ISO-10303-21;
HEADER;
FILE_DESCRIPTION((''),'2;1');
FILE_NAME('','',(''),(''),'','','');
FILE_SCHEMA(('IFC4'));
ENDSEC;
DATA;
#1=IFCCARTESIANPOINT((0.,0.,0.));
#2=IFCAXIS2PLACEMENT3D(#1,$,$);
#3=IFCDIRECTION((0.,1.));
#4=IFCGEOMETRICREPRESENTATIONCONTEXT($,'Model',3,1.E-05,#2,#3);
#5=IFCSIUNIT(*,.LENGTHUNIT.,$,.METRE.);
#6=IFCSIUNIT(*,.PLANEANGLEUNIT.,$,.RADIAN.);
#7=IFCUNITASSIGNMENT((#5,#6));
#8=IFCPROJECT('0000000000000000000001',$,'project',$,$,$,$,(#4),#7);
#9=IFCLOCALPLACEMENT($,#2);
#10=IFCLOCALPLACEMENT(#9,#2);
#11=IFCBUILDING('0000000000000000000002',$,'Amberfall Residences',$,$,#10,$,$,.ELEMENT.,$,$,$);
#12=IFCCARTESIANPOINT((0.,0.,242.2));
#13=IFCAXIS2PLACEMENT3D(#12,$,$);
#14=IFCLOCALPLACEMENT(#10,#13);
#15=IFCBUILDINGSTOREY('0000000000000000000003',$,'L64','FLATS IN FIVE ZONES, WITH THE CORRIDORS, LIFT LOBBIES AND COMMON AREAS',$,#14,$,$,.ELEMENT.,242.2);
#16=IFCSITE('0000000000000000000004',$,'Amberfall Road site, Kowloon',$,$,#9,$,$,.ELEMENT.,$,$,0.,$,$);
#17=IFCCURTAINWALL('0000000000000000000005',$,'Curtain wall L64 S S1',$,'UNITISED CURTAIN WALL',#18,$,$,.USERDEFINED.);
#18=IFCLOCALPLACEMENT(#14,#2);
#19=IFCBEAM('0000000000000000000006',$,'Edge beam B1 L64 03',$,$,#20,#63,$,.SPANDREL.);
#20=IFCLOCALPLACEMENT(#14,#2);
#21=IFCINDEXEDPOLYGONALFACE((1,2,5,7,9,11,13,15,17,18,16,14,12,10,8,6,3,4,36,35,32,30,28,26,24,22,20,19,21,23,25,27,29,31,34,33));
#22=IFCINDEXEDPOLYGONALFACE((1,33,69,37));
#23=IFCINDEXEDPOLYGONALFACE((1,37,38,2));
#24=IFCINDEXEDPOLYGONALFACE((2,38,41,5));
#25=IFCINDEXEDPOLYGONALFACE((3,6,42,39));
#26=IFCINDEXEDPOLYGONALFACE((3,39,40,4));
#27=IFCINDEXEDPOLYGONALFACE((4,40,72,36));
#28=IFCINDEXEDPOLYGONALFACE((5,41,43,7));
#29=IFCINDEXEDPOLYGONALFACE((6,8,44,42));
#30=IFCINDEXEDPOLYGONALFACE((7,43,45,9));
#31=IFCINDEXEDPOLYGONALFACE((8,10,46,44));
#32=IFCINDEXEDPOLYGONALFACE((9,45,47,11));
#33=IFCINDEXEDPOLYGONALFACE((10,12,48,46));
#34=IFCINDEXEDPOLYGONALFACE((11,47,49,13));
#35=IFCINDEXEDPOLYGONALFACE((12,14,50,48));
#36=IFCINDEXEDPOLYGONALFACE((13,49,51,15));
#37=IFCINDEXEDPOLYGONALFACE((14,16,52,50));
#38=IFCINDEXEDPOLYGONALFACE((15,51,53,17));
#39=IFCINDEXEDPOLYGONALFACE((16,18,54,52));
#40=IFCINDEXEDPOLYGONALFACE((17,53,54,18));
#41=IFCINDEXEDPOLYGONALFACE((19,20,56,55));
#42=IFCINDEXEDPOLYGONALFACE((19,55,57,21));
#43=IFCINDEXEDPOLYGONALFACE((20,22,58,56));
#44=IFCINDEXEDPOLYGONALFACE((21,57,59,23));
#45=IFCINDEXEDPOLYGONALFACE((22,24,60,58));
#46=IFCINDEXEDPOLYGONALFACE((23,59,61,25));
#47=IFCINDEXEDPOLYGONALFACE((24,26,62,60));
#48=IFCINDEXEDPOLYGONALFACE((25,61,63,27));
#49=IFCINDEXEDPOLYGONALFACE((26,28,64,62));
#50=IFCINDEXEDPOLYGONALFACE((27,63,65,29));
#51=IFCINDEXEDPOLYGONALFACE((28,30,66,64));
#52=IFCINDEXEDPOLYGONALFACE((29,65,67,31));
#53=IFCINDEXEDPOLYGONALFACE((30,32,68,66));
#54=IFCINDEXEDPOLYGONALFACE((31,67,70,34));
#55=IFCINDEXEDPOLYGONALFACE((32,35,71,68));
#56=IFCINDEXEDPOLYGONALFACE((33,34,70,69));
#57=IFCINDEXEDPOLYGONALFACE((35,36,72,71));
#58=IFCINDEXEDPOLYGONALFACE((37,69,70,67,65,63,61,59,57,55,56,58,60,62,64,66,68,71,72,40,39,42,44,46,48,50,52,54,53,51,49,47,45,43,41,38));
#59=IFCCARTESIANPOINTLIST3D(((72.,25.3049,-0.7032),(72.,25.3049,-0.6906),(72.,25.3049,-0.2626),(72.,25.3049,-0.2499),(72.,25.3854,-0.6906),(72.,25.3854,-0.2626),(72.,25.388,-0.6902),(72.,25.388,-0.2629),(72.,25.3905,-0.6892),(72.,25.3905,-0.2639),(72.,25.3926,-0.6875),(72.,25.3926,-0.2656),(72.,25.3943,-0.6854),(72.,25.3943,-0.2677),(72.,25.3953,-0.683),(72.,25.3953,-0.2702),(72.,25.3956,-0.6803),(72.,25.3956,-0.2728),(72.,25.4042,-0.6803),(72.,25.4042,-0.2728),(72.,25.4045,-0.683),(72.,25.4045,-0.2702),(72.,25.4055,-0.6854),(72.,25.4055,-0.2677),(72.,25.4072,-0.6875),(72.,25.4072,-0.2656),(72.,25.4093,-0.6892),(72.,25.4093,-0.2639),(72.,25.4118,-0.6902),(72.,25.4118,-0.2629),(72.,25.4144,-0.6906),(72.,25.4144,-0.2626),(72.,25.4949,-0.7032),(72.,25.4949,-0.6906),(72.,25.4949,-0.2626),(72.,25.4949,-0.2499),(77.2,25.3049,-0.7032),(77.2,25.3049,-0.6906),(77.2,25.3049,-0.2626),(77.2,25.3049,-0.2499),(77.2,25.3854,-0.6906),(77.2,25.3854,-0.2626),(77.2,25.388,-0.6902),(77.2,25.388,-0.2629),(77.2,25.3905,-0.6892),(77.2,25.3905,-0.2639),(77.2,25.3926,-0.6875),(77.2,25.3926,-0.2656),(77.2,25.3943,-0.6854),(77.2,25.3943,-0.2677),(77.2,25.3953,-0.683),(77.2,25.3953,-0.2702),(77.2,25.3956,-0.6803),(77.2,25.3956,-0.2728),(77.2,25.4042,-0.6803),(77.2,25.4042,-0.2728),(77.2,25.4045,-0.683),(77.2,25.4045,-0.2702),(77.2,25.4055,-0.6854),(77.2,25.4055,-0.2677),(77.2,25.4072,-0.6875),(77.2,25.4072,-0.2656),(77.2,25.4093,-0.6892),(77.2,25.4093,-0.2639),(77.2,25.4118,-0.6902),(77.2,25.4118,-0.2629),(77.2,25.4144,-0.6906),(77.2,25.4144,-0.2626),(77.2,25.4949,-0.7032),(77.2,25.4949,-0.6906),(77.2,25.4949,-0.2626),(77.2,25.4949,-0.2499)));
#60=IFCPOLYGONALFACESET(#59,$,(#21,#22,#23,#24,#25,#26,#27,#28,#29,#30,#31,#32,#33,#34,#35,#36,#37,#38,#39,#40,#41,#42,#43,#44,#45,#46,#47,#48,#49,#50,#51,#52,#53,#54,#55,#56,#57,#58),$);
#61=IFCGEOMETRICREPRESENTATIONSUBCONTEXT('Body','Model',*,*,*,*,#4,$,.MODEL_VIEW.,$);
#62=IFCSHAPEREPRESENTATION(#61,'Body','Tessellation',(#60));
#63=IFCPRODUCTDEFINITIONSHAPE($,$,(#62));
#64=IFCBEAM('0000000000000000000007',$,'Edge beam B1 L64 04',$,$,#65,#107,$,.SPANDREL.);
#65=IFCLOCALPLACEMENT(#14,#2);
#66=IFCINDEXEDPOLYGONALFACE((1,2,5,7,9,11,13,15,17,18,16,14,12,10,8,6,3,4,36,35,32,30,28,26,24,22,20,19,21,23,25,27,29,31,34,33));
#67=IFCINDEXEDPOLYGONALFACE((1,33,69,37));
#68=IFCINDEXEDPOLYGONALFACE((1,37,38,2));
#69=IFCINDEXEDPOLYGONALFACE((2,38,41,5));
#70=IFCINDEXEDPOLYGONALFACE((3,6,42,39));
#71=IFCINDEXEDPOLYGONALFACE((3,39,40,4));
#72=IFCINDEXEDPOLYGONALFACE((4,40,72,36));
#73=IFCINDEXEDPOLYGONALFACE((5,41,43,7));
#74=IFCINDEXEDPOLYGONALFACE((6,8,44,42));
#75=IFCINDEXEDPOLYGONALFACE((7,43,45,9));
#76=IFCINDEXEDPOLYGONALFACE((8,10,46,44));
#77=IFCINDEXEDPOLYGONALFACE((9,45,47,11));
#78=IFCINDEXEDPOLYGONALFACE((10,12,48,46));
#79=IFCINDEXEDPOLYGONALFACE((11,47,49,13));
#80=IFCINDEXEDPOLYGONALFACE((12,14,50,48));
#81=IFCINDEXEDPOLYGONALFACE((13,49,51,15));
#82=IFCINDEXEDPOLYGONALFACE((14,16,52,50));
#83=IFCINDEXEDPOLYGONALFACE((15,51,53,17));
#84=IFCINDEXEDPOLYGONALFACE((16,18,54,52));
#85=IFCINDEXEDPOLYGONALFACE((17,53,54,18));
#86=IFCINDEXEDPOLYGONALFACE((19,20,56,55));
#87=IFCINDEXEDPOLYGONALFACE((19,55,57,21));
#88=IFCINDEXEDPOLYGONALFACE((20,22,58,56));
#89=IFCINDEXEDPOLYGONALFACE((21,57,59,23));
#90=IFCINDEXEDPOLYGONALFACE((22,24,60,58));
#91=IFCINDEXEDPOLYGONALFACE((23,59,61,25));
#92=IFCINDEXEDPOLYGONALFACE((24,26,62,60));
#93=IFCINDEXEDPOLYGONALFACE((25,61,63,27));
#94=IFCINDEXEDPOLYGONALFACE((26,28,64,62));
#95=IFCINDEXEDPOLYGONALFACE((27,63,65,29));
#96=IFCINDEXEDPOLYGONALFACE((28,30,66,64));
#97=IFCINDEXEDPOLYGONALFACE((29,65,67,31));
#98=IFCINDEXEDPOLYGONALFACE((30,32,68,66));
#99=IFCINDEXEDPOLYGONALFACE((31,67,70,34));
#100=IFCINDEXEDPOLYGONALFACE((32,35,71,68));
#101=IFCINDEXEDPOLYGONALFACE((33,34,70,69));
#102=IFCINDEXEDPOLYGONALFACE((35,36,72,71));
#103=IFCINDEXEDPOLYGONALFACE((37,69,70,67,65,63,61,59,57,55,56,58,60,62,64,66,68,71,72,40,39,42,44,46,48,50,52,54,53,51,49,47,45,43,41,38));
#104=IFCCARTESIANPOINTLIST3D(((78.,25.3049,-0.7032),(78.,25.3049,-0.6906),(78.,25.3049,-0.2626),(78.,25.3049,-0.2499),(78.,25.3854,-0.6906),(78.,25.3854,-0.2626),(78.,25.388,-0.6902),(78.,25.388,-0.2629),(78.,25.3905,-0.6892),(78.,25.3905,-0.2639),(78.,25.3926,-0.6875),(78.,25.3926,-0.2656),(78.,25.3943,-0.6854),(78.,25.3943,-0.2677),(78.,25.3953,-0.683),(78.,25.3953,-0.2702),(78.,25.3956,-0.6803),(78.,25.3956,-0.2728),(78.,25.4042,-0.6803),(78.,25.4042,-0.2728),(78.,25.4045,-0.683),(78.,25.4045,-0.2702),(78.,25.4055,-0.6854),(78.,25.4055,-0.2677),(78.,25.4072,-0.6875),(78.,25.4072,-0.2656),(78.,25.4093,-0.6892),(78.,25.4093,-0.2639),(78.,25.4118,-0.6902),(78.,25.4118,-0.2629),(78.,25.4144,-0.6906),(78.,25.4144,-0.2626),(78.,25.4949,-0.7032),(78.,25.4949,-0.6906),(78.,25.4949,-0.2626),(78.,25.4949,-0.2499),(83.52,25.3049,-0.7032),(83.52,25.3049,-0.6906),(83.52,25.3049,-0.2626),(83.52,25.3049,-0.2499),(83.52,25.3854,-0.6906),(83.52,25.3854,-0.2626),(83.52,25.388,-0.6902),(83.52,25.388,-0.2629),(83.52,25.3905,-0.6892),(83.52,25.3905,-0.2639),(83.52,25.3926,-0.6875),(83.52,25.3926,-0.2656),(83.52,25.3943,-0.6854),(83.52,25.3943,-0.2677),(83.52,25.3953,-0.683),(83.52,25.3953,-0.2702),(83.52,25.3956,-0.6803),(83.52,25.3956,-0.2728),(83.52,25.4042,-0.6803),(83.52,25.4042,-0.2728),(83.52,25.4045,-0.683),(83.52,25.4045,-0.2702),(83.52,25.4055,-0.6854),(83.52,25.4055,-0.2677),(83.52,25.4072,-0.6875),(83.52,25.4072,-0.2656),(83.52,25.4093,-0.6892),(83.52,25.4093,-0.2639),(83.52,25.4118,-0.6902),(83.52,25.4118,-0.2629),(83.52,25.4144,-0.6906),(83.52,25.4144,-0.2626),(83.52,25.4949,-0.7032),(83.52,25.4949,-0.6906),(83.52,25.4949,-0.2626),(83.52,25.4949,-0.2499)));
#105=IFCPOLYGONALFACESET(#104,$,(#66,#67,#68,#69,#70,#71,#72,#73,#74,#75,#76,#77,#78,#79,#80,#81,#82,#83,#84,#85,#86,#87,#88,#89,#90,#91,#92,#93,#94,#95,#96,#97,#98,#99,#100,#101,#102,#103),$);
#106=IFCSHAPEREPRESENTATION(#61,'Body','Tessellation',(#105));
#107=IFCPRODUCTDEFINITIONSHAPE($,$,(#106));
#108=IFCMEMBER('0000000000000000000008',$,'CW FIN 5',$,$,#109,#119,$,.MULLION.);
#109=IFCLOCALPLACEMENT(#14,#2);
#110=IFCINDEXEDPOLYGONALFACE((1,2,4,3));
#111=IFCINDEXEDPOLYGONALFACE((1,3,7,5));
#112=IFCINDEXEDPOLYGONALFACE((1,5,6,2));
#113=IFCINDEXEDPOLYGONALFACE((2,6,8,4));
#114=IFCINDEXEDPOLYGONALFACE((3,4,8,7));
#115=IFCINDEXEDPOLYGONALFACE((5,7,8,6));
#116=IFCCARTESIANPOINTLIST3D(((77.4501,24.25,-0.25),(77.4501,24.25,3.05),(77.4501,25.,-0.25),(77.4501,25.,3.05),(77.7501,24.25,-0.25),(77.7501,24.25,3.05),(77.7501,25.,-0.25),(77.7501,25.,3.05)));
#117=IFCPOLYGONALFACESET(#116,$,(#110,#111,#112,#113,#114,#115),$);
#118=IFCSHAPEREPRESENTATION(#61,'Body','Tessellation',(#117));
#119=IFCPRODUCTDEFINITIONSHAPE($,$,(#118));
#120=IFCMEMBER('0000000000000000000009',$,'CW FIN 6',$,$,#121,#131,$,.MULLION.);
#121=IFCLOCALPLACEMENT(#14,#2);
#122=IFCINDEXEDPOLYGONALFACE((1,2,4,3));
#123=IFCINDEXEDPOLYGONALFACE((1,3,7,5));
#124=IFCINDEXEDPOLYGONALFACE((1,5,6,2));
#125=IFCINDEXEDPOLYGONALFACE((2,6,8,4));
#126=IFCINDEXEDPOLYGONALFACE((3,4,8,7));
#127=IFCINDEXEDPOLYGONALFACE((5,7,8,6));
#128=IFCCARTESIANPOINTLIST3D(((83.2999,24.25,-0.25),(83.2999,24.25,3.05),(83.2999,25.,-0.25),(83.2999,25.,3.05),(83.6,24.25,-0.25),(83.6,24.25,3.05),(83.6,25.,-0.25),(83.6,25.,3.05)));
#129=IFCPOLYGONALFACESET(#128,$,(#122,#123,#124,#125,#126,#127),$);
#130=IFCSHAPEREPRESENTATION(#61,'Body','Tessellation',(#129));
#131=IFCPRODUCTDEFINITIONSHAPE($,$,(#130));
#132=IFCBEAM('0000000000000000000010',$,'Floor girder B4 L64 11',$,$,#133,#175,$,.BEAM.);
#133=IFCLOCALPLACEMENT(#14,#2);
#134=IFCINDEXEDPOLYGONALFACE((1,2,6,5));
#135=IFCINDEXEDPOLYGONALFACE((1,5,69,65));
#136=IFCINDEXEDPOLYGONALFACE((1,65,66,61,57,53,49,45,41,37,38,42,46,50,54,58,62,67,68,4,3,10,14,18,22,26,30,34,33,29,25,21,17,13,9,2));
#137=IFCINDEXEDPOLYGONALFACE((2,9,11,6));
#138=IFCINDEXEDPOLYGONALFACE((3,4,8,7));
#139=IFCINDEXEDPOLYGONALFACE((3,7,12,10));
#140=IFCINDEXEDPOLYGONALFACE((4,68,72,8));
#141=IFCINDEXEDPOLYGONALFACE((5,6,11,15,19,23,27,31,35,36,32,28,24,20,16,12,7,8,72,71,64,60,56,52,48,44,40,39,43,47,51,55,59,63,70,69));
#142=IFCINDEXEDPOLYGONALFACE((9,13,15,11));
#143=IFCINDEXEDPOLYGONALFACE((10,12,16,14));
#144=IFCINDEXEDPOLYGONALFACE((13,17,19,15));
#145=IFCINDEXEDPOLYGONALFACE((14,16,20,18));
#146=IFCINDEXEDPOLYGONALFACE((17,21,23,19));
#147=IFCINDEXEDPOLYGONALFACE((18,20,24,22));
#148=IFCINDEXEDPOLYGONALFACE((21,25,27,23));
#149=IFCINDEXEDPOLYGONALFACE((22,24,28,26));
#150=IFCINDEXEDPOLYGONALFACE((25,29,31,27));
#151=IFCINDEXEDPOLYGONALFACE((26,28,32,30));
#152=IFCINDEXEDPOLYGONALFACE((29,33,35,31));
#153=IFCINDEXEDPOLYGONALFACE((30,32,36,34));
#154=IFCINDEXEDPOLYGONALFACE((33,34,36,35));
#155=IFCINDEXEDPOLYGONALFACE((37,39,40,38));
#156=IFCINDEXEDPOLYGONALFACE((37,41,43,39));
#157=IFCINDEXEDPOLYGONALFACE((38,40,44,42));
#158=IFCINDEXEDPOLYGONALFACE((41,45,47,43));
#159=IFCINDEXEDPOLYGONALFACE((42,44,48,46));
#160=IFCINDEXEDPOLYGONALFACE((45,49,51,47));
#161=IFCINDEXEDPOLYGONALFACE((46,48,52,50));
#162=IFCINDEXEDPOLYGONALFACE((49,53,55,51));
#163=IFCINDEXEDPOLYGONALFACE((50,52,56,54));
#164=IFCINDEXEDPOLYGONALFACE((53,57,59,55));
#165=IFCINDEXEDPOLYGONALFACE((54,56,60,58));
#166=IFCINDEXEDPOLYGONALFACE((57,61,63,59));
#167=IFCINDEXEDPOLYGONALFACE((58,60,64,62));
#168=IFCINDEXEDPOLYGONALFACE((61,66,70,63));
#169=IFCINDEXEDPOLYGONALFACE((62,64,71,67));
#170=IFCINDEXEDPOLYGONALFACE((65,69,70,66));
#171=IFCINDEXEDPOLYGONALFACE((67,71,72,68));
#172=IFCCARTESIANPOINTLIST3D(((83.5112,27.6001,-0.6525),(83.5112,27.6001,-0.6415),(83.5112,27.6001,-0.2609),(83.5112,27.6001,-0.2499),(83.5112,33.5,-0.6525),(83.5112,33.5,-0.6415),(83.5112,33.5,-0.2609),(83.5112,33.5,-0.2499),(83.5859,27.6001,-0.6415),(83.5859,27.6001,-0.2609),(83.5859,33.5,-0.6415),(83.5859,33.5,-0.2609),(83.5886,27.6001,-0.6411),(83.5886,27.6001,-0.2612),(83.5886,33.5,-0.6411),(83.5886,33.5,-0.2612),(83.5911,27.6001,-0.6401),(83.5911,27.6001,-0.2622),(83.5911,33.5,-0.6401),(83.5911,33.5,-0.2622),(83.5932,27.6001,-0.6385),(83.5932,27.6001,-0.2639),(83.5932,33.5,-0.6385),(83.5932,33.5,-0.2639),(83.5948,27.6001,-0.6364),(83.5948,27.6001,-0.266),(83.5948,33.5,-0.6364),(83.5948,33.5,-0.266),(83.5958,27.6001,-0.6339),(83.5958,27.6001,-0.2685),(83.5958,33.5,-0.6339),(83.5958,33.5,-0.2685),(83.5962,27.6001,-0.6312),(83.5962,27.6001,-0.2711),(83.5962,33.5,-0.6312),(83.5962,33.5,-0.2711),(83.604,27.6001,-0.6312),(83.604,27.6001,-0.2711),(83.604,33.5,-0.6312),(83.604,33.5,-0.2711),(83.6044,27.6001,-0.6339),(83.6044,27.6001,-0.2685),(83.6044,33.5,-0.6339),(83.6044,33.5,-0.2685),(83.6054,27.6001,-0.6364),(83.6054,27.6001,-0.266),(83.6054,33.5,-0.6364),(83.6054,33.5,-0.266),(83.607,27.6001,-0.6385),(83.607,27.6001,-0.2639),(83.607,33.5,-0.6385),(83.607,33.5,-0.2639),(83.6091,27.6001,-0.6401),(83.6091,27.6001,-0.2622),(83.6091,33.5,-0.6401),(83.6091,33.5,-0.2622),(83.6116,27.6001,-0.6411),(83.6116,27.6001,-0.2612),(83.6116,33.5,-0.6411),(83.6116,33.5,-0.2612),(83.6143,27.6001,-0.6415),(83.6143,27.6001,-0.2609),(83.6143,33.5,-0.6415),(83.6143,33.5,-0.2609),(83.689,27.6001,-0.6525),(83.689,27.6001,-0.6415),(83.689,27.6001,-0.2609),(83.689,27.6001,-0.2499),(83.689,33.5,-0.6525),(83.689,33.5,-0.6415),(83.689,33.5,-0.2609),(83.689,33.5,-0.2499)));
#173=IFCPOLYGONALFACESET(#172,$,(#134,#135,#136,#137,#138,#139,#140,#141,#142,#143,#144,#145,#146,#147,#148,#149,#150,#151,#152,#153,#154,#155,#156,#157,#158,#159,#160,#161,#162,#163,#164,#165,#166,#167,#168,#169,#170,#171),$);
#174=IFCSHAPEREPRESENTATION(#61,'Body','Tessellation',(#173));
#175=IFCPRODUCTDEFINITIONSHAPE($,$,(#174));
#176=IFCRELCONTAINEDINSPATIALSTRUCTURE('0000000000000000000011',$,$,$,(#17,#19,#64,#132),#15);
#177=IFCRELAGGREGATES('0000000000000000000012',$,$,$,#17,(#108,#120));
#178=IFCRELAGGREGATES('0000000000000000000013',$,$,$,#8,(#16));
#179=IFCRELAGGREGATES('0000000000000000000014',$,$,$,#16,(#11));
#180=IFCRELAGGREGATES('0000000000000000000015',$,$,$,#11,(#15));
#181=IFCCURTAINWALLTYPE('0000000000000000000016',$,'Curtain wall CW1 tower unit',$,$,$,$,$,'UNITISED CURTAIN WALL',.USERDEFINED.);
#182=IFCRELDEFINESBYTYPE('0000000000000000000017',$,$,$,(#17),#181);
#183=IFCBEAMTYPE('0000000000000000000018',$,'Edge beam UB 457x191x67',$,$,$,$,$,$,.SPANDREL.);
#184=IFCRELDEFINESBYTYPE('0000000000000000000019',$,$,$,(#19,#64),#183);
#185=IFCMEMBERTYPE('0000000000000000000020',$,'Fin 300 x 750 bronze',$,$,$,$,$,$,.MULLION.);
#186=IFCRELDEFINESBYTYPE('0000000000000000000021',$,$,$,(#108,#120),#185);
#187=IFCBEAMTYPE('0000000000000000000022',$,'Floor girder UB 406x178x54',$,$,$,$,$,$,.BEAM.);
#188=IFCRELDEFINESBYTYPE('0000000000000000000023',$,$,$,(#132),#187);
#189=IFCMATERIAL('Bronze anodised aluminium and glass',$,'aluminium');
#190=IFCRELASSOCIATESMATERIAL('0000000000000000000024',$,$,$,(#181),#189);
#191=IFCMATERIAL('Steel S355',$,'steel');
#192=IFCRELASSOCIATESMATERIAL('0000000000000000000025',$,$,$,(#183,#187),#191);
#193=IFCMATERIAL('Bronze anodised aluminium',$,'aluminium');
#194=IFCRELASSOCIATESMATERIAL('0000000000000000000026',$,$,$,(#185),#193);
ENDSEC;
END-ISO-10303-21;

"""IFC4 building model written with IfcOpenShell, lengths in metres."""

from ifc_helpers import new_model, si_unit, direction, frame, origin, origin_2d, place, context, subcontext, project, spatial, rectangle, i_section, extrude, material, material_profile, profile_set, type_object, element, aggregate, save


model = new_model("IFC4")

# Units and contexts
model_context = context("Model", 3, precision=1e-05, world=origin(), true_north=direction((0.0, 1.0)))
body_context = subcontext(model_context, "Body", "Model", "MODEL_VIEW")
ifc_project = project(units=[si_unit("LENGTHUNIT", "METRE"), si_unit("PLANEANGLEUNIT", "RADIAN")], contexts=[model_context])

# Site, building, storey
site_placement = place(None, origin())
site = spatial("IfcSite", under=ifc_project, at=site_placement, Name="Amberfall Road site, Kowloon", CompositionType="ELEMENT", RefElevation=0.0)
building_placement = place(site_placement, origin())
building = spatial("IfcBuilding", under=site, at=building_placement, Name="Amberfall Residences", CompositionType="ELEMENT")
storey_placement = place(building_placement, frame((0.0, 0.0, 242.2)))
storey = spatial("IfcBuildingStorey", under=building, at=storey_placement, Name="L64", Description="FLATS IN FIVE ZONES, WITH THE CORRIDORS, LIFT LOBBIES AND COMMON AREAS", CompositionType="ELEMENT", Elevation=242.2)

# Curtain wall
ifc_material_1 = material(Name="Bronze anodised aluminium and glass", Category="aluminium")
curtain_wall_type = type_object("IfcCurtainWallType", Name="Curtain wall CW1 tower unit", ElementType="UNITISED CURTAIN WALL", PredefinedType="USERDEFINED", material=ifc_material_1)
curtain_wall_placement = place(storey_placement, origin())
curtain_wall = element("IfcCurtainWall", 1, at=curtain_wall_placement, inside=storey, type_object=curtain_wall_type, Name="Curtain wall L64 S S1", ObjectType="UNITISED CURTAIN WALL", PredefinedType="USERDEFINED")
ifc_material_2 = material(Name="Bronze anodised aluminium", Category="aluminium")

# Beams
ifc_material_3 = material(Name="Steel S355", Category="steel")
ifc_material_profile_1 = material_profile(ifc_material_3, i_section(OverallWidth=0.1899, OverallDepth=0.4534, WebThickness=0.0085, FlangeThickness=0.0127, FilletRadius=0.0103, at=origin_2d()), Name="UB 457x191x67")
ifc_profile_set_1 = profile_set([ifc_material_profile_1], Name="Steel S355")
beam_type_1 = type_object("IfcBeamType", Name="Edge beam UB 457x191x67", PredefinedType="SPANDREL", material=ifc_profile_set_1)
beam_1_placement = place(storey_placement, frame((72.0, 25.3999, -0.4766), z_axis=(1.0, 0.0, 0.0), x_axis=(0.0, 1.0, 0.0)))
element("IfcBeam", 2, at=beam_1_placement, inside=storey, type_object=beam_type_1, Name="Edge beam B1 L64 03", PredefinedType="SPANDREL", context=body_context, shape_type="SweptSolid", body=[
    extrude(i_section(OverallWidth=0.1899, OverallDepth=0.4534, WebThickness=0.0085, FlangeThickness=0.0127, FilletRadius=0.0103, at=origin_2d()), origin(), (0.0, 0.0, 1.0), 5.2),
])
beam_2_placement = place(storey_placement, frame((78.0, 25.3999, -0.4766), z_axis=(1.0, 0.0, 0.0), x_axis=(0.0, 1.0, 0.0)))
element("IfcBeam", 3, at=beam_2_placement, inside=storey, type_object=beam_type_1, Name="Edge beam B1 L64 04", PredefinedType="SPANDREL", context=body_context, shape_type="SweptSolid", body=[
    extrude(i_section(OverallWidth=0.1899, OverallDepth=0.4534, WebThickness=0.0085, FlangeThickness=0.0127, FilletRadius=0.0103, at=origin_2d()), origin(), (0.0, 0.0, 1.0), 5.52),
])

# Members
ifc_material_profile_2 = material_profile(ifc_material_2, rectangle(XDim=0.75, YDim=0.3, at=origin_2d()), Name="Fin 300 x 750 bronze")
ifc_profile_set_2 = profile_set([ifc_material_profile_2], Name="Bronze anodised aluminium")
member_type_1 = type_object("IfcMemberType", Name="Fin 300 x 750 bronze", PredefinedType="MULLION", material=ifc_profile_set_2)
member_1_placement = place(storey_placement, frame((77.6001, 24.625, -0.25), z_axis=(0.0, 0.0, 1.0), x_axis=(0.0, 1.0, 0.0)))
member_1 = element("IfcMember", 4, at=member_1_placement, type_object=member_type_1, Name="CW FIN 5", PredefinedType="MULLION", context=body_context, shape_type="SweptSolid", body=[
    extrude(rectangle(XDim=0.75, YDim=0.3, at=origin_2d()), origin(), (0.0, 0.0, 1.0), 3.3),
])
member_2_placement = place(storey_placement, frame((83.45, 24.625, -0.25), z_axis=(0.0, 0.0, 1.0), x_axis=(0.0, 1.0, 0.0)))
member_2 = element("IfcMember", 5, at=member_2_placement, type_object=member_type_1, Name="CW FIN 6", PredefinedType="MULLION", context=body_context, shape_type="SweptSolid", body=[
    extrude(rectangle(XDim=0.75, YDim=0.3, at=origin_2d()), origin(), (0.0, 0.0, 1.0), 3.3),
])

# Beam
ifc_material_profile_3 = material_profile(ifc_material_3, i_section(OverallWidth=0.1777, OverallDepth=0.4026, WebThickness=0.0078, FlangeThickness=0.011, FilletRadius=0.0103, at=origin_2d()), Name="UB 406x178x54")
ifc_profile_set_3 = profile_set([ifc_material_profile_3], Name="Steel S355")
beam_type_2 = type_object("IfcBeamType", Name="Floor girder UB 406x178x54", PredefinedType="BEAM", material=ifc_profile_set_3)
beam_3_placement = place(storey_placement, frame((83.6001, 27.6001, -0.4512), z_axis=(0.0, 1.0, 0.0), x_axis=(-1.0, 0.0, 0.0)))
element("IfcBeam", 6, at=beam_3_placement, inside=storey, type_object=beam_type_2, Name="Floor girder B4 L64 11", PredefinedType="BEAM", context=body_context, shape_type="SweptSolid", body=[
    extrude(i_section(OverallWidth=0.1777, OverallDepth=0.4026, WebThickness=0.0078, FlangeThickness=0.011, FilletRadius=0.0103, at=origin_2d()), origin(), (0.0, 0.0, 1.0), 5.8999),
])

aggregate(curtain_wall, [member_1, member_2])

save(model, "model.ifc")
